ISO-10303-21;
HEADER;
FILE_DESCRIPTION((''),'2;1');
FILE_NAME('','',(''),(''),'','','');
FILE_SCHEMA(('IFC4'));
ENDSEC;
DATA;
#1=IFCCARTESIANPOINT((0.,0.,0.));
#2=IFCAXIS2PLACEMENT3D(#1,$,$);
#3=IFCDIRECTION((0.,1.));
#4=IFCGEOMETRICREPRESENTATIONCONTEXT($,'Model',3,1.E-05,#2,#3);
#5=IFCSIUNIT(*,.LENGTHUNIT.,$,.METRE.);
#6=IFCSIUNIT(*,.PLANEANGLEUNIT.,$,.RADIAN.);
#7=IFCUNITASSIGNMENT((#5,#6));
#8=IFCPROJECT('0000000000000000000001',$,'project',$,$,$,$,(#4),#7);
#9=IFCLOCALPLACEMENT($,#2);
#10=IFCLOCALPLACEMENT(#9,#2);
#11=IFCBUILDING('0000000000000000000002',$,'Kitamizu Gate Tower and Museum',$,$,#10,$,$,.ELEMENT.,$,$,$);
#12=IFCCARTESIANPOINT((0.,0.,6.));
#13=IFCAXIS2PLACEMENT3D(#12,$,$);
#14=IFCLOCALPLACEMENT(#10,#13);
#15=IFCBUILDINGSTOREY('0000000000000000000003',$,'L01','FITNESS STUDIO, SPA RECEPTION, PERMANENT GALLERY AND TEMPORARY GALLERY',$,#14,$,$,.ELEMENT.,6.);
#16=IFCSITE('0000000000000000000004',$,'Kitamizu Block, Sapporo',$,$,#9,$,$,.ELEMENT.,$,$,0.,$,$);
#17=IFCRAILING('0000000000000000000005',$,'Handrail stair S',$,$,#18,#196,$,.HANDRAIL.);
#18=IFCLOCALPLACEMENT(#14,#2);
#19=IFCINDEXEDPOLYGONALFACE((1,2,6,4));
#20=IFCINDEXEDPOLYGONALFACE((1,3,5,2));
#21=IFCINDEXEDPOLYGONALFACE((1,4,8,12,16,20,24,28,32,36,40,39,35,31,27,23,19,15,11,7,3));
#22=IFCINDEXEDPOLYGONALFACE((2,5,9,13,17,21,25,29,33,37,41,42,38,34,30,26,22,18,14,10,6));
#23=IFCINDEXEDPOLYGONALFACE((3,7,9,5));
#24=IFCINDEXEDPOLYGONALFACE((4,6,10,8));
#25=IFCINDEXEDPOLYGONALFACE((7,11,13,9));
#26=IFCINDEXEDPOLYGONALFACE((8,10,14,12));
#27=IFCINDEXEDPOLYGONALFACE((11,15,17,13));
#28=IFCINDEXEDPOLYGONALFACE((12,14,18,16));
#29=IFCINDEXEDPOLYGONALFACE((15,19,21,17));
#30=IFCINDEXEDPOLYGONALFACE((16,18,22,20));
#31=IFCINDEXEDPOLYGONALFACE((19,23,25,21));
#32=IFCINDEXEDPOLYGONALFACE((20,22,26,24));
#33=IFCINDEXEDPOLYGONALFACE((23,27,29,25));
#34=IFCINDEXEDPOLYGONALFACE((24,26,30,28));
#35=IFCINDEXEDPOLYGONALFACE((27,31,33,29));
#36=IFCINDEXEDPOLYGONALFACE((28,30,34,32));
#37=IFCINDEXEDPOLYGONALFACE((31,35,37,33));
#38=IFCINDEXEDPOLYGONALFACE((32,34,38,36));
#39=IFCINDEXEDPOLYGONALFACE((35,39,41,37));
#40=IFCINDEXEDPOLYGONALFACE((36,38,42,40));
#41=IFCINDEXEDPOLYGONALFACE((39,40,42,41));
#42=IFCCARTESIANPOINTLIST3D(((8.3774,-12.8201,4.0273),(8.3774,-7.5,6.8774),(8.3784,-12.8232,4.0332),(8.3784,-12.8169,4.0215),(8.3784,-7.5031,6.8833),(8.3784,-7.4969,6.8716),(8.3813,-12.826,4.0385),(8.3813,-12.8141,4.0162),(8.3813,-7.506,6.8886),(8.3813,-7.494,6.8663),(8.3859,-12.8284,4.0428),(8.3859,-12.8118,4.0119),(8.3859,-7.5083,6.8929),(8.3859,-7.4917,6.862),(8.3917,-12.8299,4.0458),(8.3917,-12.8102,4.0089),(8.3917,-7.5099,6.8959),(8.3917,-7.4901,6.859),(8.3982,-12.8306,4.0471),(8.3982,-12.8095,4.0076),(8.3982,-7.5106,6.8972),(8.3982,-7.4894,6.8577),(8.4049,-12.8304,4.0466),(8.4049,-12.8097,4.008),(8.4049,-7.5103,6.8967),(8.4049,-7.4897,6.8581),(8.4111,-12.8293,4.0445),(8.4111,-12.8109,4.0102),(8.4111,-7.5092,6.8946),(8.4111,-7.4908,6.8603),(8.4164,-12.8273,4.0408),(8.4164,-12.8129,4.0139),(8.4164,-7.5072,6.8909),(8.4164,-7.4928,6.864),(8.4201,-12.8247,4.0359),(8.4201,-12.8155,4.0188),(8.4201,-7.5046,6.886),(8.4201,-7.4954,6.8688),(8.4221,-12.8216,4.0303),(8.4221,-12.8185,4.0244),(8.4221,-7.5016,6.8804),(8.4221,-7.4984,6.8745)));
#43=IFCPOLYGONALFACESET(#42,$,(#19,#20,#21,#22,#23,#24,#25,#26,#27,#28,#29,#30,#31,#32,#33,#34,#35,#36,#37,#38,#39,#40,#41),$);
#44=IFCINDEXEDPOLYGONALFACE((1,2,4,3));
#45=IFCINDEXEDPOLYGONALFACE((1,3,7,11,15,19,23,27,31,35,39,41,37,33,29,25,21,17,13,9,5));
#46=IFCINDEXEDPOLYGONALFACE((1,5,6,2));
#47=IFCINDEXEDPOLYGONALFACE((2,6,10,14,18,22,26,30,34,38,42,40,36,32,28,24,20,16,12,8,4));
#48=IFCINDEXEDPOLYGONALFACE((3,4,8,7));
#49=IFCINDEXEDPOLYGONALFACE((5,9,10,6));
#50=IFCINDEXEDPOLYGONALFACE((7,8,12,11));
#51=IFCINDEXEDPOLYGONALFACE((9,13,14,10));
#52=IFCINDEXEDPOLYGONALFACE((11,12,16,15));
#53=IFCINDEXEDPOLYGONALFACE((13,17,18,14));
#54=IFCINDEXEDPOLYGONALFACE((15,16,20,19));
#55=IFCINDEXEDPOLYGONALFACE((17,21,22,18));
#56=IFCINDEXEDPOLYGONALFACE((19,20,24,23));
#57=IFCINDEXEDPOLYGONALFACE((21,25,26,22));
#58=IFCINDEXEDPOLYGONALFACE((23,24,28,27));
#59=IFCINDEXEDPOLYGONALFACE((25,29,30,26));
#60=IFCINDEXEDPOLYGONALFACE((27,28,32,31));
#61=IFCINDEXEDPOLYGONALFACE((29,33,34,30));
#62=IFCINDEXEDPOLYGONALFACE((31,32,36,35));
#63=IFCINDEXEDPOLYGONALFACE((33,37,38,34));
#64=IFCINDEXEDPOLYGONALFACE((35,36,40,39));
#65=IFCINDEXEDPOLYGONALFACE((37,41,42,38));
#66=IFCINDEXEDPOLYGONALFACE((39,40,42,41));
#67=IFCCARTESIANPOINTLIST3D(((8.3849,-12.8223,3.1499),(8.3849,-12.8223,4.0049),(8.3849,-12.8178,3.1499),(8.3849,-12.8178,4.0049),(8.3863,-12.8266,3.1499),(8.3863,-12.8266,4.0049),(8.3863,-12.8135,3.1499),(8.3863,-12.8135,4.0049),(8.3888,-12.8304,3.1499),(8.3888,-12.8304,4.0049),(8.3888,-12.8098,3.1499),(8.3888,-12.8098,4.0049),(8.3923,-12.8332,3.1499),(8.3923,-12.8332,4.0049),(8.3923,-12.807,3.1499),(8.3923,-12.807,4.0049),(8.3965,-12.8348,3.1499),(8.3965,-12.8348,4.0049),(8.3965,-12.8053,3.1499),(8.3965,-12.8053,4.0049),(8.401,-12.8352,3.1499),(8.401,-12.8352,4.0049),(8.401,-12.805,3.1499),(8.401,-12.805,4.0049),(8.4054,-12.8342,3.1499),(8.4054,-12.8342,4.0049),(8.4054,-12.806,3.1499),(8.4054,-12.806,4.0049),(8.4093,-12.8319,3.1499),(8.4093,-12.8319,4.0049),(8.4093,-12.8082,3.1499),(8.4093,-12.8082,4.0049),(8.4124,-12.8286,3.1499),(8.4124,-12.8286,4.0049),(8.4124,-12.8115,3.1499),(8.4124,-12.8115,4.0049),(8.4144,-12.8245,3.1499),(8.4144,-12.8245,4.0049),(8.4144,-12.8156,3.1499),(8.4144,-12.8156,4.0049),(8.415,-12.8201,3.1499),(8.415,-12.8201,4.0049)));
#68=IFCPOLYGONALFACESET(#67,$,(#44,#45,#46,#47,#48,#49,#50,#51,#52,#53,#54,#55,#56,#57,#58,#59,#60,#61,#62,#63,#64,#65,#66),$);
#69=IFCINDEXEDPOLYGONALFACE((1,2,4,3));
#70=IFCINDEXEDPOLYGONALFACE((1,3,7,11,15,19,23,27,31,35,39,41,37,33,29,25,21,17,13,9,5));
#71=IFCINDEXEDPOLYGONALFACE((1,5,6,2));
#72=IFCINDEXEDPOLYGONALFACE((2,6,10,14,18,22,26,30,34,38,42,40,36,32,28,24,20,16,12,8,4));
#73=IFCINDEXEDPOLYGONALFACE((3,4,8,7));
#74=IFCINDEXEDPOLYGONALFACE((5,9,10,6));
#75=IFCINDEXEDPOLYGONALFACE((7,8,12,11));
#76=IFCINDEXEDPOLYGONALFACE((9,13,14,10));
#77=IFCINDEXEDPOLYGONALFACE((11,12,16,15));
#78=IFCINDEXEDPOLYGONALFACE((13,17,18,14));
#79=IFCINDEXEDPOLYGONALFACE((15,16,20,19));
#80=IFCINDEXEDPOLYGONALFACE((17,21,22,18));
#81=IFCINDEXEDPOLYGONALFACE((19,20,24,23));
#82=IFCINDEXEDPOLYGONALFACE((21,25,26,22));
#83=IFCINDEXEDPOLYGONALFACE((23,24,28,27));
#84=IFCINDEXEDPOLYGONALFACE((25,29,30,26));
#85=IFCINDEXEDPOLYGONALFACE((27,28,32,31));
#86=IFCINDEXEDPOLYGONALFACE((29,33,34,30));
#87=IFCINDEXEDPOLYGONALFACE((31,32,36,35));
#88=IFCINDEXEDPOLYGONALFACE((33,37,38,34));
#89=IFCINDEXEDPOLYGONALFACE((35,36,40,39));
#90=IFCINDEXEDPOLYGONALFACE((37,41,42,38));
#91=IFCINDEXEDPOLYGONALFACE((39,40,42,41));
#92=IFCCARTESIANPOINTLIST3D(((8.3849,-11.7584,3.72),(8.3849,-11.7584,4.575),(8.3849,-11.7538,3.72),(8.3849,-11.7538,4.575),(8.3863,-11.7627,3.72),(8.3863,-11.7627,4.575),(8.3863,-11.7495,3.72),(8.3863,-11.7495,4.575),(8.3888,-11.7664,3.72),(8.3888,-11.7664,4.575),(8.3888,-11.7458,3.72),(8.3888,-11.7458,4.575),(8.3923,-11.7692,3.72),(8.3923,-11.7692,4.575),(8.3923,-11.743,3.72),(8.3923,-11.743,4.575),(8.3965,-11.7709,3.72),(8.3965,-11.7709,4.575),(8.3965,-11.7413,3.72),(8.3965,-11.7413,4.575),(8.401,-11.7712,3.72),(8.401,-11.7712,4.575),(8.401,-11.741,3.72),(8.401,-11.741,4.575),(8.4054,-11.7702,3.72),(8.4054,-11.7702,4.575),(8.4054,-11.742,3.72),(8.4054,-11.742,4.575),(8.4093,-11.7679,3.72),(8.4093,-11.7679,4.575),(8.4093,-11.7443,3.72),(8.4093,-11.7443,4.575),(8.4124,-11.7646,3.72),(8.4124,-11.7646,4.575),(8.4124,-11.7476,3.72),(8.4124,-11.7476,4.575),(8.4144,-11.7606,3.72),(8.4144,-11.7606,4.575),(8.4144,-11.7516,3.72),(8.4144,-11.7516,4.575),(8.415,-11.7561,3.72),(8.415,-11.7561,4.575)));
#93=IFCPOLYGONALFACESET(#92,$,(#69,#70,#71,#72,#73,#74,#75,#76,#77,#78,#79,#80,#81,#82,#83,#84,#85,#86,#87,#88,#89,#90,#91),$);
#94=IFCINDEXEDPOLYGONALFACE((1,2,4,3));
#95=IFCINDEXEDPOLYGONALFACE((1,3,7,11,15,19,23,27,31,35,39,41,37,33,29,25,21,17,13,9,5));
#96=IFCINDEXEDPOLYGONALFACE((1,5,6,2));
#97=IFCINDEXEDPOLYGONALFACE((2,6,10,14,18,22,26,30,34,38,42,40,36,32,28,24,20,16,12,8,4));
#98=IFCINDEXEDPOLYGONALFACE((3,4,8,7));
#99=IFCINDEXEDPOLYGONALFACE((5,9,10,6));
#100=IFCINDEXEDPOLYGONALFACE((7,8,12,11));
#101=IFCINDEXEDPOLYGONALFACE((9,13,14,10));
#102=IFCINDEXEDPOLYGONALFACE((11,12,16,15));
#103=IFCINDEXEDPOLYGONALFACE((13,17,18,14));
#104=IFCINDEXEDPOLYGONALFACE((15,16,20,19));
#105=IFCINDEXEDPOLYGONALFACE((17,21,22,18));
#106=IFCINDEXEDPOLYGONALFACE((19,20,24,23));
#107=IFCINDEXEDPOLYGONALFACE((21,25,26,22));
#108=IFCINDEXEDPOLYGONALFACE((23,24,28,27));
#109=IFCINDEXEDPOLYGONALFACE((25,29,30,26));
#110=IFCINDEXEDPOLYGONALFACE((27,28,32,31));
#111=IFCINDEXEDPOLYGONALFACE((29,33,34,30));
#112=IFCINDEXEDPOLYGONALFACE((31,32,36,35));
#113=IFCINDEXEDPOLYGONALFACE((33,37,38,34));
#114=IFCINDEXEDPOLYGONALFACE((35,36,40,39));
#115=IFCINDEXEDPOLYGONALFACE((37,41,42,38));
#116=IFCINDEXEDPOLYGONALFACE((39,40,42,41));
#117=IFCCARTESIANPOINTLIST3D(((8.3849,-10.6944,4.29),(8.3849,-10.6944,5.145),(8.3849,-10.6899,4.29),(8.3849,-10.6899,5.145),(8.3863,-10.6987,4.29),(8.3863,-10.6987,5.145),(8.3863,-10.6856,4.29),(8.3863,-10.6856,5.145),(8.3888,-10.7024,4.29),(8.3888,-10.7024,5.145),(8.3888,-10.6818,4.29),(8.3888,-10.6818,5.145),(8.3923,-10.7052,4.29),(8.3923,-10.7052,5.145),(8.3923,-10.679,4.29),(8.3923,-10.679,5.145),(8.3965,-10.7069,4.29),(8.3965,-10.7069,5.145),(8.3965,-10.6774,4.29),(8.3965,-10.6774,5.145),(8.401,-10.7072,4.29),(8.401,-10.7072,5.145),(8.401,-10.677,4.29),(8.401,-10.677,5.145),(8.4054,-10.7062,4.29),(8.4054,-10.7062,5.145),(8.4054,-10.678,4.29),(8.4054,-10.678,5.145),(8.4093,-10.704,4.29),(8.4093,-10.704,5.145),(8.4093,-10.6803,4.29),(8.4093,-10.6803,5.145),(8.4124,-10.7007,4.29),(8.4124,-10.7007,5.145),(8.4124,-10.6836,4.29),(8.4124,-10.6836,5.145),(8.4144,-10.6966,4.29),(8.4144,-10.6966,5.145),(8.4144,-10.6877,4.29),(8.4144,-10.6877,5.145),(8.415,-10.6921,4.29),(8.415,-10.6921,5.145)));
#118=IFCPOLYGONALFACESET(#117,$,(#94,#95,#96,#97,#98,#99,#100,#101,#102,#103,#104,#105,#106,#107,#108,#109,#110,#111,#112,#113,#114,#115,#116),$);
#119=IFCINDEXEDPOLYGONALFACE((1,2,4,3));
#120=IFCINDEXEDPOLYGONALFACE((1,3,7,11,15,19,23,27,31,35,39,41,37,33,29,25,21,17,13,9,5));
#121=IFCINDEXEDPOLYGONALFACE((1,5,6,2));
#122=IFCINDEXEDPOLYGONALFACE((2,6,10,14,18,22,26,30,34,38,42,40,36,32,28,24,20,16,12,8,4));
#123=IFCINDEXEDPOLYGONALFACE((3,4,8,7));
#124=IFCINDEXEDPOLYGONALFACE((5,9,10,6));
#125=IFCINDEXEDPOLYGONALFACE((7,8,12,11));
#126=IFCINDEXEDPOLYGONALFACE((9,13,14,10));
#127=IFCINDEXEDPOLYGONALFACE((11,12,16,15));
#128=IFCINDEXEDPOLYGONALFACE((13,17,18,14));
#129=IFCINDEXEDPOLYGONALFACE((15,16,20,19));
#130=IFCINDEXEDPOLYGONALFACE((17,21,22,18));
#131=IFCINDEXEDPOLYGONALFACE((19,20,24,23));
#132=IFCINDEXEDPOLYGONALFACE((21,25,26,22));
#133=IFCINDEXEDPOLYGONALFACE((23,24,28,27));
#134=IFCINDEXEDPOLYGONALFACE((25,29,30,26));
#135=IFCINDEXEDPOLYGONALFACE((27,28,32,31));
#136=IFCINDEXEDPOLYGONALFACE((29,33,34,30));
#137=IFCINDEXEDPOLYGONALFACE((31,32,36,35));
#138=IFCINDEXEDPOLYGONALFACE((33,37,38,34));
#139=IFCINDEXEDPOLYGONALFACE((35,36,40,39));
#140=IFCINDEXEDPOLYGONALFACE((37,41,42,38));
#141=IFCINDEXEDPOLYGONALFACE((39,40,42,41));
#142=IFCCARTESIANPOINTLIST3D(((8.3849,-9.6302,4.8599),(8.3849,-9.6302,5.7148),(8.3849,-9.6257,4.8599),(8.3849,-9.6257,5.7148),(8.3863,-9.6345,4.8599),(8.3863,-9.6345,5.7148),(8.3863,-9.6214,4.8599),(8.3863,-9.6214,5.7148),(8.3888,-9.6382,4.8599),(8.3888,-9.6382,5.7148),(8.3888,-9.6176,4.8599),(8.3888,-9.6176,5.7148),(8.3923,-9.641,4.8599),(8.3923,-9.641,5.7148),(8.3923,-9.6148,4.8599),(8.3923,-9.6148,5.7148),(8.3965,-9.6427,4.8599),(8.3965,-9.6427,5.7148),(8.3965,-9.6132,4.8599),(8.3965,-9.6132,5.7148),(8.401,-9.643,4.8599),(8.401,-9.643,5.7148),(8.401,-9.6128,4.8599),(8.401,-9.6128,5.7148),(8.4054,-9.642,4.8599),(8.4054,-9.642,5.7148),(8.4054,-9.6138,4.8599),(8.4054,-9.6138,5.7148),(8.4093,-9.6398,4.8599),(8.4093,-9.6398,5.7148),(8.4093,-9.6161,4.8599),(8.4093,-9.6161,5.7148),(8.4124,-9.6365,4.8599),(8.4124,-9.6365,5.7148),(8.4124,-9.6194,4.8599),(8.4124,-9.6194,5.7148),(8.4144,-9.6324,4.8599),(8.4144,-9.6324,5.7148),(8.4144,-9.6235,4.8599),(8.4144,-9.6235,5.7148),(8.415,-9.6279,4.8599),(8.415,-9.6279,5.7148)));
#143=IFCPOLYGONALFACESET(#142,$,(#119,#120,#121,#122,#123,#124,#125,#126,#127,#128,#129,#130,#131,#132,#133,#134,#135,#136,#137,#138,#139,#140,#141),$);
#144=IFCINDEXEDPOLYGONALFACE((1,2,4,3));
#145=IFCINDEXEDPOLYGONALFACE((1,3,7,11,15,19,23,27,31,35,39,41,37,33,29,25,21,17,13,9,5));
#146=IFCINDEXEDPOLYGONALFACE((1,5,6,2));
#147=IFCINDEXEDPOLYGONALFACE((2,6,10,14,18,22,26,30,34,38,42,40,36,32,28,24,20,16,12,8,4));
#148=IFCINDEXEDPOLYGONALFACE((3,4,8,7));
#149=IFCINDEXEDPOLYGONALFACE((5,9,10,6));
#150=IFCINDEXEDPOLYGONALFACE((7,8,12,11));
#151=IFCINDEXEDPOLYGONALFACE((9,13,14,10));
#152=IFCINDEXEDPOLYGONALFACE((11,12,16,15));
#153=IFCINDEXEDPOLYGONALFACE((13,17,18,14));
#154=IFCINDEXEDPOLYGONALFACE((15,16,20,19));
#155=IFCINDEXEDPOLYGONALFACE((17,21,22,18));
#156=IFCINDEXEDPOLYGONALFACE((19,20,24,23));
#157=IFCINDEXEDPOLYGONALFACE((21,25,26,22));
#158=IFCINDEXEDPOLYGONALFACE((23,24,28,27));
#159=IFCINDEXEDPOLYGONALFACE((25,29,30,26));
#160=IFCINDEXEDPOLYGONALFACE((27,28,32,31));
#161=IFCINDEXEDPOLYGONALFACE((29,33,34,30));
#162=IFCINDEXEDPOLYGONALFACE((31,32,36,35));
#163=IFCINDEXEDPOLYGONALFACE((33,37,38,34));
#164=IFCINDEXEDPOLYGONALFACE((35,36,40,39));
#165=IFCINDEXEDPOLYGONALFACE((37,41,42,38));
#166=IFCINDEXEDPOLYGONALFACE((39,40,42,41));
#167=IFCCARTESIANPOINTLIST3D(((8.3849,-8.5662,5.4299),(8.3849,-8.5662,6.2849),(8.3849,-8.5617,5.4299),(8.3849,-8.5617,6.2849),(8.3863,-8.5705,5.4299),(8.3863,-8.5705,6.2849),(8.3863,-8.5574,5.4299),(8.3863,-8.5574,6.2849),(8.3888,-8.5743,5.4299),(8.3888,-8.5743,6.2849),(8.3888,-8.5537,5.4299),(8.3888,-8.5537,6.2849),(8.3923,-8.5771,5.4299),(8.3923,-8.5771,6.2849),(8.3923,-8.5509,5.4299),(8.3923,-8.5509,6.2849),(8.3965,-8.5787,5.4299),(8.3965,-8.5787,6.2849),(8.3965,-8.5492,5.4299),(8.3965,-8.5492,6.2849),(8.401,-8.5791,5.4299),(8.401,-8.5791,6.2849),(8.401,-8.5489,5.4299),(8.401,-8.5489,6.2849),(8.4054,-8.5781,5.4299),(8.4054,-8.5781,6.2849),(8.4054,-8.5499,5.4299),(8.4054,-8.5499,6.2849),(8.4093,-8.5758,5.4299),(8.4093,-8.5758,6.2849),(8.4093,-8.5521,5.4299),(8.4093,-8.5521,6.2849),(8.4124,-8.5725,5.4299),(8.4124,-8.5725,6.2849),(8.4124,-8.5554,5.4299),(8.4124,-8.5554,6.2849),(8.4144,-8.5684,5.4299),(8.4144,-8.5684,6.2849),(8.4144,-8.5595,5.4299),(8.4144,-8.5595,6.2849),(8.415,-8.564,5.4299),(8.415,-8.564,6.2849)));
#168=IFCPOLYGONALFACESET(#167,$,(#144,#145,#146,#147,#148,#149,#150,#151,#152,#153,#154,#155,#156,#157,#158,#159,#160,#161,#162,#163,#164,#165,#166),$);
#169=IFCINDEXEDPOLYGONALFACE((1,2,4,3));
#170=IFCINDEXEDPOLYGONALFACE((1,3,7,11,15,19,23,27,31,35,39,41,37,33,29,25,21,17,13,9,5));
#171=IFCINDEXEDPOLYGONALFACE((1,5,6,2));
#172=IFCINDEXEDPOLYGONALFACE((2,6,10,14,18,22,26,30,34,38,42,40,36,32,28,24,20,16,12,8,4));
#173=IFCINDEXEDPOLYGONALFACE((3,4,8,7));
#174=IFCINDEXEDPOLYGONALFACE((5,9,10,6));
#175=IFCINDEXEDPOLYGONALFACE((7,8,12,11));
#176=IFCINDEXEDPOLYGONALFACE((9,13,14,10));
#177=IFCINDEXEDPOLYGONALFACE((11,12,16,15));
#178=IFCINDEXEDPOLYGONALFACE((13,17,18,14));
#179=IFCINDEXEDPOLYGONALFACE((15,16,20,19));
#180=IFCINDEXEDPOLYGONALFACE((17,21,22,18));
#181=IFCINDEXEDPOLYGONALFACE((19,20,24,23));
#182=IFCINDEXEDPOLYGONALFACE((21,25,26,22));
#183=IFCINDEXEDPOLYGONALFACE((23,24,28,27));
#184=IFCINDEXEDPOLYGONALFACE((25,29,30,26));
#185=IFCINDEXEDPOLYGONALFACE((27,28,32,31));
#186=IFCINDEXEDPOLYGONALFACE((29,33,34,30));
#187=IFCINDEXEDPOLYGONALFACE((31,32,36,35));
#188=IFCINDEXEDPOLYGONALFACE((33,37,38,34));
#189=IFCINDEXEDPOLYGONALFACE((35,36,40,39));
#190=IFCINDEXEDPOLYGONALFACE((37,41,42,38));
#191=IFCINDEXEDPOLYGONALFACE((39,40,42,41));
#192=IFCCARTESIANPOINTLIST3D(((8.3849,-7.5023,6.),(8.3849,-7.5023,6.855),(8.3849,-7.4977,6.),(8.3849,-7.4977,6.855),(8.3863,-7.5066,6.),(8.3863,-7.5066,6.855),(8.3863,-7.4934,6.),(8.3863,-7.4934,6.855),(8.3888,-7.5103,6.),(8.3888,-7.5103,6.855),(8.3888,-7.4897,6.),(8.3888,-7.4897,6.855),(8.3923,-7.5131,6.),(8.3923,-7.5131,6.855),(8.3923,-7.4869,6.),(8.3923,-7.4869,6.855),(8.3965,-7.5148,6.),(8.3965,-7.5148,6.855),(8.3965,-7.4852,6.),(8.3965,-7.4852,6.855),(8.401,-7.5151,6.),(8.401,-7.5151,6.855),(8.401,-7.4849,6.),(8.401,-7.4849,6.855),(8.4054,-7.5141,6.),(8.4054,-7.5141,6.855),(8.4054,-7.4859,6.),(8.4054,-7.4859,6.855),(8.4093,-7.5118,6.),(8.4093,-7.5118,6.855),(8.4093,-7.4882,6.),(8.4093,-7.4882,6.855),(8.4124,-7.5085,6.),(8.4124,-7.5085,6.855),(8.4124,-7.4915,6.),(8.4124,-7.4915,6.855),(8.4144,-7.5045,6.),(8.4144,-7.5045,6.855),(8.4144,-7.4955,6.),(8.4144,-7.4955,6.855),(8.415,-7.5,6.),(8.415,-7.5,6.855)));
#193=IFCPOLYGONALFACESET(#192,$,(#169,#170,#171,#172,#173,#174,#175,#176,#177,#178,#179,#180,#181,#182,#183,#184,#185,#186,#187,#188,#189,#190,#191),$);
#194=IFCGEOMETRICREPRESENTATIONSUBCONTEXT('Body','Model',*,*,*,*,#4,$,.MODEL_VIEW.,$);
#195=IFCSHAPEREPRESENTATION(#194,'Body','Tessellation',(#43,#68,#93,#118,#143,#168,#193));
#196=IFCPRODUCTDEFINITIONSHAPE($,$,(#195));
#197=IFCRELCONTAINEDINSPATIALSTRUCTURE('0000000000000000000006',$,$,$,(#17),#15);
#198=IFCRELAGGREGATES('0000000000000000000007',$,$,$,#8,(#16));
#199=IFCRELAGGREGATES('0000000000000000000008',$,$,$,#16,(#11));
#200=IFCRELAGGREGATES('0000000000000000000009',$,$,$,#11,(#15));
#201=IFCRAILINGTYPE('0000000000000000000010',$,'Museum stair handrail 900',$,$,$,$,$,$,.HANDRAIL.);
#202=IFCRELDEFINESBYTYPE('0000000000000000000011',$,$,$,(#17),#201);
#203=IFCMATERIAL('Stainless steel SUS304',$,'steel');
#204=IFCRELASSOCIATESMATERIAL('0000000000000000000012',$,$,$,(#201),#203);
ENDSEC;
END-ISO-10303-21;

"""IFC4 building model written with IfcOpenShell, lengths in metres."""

from ifc_helpers import new_model, si_unit, direction, frame, origin, origin_2d, place, context, subcontext, project, spatial, circle, extrude, material, type_object, element, save


model = new_model("IFC4")

# Units and contexts
model_context = context("Model", 3, precision=1e-05, world=origin(), true_north=direction((0.0, 1.0)))
body_context = subcontext(model_context, "Body", "Model", "MODEL_VIEW")
ifc_project = project(units=[si_unit("LENGTHUNIT", "METRE"), si_unit("PLANEANGLEUNIT", "RADIAN")], contexts=[model_context])

# Site, building, storey
site_placement = place(None, origin())
site = spatial("IfcSite", under=ifc_project, at=site_placement, Name="Kitamizu Block, Sapporo", CompositionType="ELEMENT", RefElevation=0.0)
building_placement = place(site_placement, origin())
building = spatial("IfcBuilding", under=site, at=building_placement, Name="Kitamizu Gate Tower and Museum", CompositionType="ELEMENT")
storey_placement = place(building_placement, frame((0.0, 0.0, 6.0)))
storey = spatial("IfcBuildingStorey", under=building, at=storey_placement, Name="L01", Description="FITNESS STUDIO, SPA RECEPTION, PERMANENT GALLERY AND TEMPORARY GALLERY", CompositionType="ELEMENT", Elevation=6.0)

# Railing
ifc_material_1 = material(Name="Stainless steel SUS304", Category="steel")
railing_type = type_object("IfcRailingType", Name="Museum stair handrail 900", PredefinedType="HANDRAIL", material=ifc_material_1)
railing_placement = place(storey_placement, frame((8.3999, -12.8201, 3.1499)))
element("IfcRailing", 1, at=railing_placement, inside=storey, type_object=railing_type, Name="Handrail stair S", PredefinedType="HANDRAIL", context=body_context, shape_type="SweptSolid", body=[
    extrude(circle(Radius=0.0225, at=origin_2d()), frame((0.0, 0.0, 0.8774), z_axis=(0.0, 0.881476, 0.472229), x_axis=(-1.0, 0.0, 0.0)), (0.0, 0.0, 1.0), 6.0354),
    extrude(circle(Radius=0.0151, at=origin_2d()), origin(), (0.0, 0.0, 1.0), 0.855),
    extrude(circle(Radius=0.0151, at=origin_2d()), frame((0.0, 1.064, 0.5701)), (0.0, 0.0, 1.0), 0.855),
    extrude(circle(Radius=0.0151, at=origin_2d()), frame((0.0, 2.1279, 1.1401)), (0.0, 0.0, 1.0), 0.855),
    extrude(circle(Radius=0.0151, at=origin_2d()), frame((0.0, 3.1921, 1.71)), (0.0, 0.0, 1.0), 0.855),
    extrude(circle(Radius=0.0151, at=origin_2d()), frame((0.0, 4.2561, 2.28)), (0.0, 0.0, 1.0), 0.855),
    extrude(circle(Radius=0.0151, at=origin_2d()), frame((0.0, 5.3201, 2.8501)), (0.0, 0.0, 1.0), 0.855),
])

save(model, "model.ifc")
